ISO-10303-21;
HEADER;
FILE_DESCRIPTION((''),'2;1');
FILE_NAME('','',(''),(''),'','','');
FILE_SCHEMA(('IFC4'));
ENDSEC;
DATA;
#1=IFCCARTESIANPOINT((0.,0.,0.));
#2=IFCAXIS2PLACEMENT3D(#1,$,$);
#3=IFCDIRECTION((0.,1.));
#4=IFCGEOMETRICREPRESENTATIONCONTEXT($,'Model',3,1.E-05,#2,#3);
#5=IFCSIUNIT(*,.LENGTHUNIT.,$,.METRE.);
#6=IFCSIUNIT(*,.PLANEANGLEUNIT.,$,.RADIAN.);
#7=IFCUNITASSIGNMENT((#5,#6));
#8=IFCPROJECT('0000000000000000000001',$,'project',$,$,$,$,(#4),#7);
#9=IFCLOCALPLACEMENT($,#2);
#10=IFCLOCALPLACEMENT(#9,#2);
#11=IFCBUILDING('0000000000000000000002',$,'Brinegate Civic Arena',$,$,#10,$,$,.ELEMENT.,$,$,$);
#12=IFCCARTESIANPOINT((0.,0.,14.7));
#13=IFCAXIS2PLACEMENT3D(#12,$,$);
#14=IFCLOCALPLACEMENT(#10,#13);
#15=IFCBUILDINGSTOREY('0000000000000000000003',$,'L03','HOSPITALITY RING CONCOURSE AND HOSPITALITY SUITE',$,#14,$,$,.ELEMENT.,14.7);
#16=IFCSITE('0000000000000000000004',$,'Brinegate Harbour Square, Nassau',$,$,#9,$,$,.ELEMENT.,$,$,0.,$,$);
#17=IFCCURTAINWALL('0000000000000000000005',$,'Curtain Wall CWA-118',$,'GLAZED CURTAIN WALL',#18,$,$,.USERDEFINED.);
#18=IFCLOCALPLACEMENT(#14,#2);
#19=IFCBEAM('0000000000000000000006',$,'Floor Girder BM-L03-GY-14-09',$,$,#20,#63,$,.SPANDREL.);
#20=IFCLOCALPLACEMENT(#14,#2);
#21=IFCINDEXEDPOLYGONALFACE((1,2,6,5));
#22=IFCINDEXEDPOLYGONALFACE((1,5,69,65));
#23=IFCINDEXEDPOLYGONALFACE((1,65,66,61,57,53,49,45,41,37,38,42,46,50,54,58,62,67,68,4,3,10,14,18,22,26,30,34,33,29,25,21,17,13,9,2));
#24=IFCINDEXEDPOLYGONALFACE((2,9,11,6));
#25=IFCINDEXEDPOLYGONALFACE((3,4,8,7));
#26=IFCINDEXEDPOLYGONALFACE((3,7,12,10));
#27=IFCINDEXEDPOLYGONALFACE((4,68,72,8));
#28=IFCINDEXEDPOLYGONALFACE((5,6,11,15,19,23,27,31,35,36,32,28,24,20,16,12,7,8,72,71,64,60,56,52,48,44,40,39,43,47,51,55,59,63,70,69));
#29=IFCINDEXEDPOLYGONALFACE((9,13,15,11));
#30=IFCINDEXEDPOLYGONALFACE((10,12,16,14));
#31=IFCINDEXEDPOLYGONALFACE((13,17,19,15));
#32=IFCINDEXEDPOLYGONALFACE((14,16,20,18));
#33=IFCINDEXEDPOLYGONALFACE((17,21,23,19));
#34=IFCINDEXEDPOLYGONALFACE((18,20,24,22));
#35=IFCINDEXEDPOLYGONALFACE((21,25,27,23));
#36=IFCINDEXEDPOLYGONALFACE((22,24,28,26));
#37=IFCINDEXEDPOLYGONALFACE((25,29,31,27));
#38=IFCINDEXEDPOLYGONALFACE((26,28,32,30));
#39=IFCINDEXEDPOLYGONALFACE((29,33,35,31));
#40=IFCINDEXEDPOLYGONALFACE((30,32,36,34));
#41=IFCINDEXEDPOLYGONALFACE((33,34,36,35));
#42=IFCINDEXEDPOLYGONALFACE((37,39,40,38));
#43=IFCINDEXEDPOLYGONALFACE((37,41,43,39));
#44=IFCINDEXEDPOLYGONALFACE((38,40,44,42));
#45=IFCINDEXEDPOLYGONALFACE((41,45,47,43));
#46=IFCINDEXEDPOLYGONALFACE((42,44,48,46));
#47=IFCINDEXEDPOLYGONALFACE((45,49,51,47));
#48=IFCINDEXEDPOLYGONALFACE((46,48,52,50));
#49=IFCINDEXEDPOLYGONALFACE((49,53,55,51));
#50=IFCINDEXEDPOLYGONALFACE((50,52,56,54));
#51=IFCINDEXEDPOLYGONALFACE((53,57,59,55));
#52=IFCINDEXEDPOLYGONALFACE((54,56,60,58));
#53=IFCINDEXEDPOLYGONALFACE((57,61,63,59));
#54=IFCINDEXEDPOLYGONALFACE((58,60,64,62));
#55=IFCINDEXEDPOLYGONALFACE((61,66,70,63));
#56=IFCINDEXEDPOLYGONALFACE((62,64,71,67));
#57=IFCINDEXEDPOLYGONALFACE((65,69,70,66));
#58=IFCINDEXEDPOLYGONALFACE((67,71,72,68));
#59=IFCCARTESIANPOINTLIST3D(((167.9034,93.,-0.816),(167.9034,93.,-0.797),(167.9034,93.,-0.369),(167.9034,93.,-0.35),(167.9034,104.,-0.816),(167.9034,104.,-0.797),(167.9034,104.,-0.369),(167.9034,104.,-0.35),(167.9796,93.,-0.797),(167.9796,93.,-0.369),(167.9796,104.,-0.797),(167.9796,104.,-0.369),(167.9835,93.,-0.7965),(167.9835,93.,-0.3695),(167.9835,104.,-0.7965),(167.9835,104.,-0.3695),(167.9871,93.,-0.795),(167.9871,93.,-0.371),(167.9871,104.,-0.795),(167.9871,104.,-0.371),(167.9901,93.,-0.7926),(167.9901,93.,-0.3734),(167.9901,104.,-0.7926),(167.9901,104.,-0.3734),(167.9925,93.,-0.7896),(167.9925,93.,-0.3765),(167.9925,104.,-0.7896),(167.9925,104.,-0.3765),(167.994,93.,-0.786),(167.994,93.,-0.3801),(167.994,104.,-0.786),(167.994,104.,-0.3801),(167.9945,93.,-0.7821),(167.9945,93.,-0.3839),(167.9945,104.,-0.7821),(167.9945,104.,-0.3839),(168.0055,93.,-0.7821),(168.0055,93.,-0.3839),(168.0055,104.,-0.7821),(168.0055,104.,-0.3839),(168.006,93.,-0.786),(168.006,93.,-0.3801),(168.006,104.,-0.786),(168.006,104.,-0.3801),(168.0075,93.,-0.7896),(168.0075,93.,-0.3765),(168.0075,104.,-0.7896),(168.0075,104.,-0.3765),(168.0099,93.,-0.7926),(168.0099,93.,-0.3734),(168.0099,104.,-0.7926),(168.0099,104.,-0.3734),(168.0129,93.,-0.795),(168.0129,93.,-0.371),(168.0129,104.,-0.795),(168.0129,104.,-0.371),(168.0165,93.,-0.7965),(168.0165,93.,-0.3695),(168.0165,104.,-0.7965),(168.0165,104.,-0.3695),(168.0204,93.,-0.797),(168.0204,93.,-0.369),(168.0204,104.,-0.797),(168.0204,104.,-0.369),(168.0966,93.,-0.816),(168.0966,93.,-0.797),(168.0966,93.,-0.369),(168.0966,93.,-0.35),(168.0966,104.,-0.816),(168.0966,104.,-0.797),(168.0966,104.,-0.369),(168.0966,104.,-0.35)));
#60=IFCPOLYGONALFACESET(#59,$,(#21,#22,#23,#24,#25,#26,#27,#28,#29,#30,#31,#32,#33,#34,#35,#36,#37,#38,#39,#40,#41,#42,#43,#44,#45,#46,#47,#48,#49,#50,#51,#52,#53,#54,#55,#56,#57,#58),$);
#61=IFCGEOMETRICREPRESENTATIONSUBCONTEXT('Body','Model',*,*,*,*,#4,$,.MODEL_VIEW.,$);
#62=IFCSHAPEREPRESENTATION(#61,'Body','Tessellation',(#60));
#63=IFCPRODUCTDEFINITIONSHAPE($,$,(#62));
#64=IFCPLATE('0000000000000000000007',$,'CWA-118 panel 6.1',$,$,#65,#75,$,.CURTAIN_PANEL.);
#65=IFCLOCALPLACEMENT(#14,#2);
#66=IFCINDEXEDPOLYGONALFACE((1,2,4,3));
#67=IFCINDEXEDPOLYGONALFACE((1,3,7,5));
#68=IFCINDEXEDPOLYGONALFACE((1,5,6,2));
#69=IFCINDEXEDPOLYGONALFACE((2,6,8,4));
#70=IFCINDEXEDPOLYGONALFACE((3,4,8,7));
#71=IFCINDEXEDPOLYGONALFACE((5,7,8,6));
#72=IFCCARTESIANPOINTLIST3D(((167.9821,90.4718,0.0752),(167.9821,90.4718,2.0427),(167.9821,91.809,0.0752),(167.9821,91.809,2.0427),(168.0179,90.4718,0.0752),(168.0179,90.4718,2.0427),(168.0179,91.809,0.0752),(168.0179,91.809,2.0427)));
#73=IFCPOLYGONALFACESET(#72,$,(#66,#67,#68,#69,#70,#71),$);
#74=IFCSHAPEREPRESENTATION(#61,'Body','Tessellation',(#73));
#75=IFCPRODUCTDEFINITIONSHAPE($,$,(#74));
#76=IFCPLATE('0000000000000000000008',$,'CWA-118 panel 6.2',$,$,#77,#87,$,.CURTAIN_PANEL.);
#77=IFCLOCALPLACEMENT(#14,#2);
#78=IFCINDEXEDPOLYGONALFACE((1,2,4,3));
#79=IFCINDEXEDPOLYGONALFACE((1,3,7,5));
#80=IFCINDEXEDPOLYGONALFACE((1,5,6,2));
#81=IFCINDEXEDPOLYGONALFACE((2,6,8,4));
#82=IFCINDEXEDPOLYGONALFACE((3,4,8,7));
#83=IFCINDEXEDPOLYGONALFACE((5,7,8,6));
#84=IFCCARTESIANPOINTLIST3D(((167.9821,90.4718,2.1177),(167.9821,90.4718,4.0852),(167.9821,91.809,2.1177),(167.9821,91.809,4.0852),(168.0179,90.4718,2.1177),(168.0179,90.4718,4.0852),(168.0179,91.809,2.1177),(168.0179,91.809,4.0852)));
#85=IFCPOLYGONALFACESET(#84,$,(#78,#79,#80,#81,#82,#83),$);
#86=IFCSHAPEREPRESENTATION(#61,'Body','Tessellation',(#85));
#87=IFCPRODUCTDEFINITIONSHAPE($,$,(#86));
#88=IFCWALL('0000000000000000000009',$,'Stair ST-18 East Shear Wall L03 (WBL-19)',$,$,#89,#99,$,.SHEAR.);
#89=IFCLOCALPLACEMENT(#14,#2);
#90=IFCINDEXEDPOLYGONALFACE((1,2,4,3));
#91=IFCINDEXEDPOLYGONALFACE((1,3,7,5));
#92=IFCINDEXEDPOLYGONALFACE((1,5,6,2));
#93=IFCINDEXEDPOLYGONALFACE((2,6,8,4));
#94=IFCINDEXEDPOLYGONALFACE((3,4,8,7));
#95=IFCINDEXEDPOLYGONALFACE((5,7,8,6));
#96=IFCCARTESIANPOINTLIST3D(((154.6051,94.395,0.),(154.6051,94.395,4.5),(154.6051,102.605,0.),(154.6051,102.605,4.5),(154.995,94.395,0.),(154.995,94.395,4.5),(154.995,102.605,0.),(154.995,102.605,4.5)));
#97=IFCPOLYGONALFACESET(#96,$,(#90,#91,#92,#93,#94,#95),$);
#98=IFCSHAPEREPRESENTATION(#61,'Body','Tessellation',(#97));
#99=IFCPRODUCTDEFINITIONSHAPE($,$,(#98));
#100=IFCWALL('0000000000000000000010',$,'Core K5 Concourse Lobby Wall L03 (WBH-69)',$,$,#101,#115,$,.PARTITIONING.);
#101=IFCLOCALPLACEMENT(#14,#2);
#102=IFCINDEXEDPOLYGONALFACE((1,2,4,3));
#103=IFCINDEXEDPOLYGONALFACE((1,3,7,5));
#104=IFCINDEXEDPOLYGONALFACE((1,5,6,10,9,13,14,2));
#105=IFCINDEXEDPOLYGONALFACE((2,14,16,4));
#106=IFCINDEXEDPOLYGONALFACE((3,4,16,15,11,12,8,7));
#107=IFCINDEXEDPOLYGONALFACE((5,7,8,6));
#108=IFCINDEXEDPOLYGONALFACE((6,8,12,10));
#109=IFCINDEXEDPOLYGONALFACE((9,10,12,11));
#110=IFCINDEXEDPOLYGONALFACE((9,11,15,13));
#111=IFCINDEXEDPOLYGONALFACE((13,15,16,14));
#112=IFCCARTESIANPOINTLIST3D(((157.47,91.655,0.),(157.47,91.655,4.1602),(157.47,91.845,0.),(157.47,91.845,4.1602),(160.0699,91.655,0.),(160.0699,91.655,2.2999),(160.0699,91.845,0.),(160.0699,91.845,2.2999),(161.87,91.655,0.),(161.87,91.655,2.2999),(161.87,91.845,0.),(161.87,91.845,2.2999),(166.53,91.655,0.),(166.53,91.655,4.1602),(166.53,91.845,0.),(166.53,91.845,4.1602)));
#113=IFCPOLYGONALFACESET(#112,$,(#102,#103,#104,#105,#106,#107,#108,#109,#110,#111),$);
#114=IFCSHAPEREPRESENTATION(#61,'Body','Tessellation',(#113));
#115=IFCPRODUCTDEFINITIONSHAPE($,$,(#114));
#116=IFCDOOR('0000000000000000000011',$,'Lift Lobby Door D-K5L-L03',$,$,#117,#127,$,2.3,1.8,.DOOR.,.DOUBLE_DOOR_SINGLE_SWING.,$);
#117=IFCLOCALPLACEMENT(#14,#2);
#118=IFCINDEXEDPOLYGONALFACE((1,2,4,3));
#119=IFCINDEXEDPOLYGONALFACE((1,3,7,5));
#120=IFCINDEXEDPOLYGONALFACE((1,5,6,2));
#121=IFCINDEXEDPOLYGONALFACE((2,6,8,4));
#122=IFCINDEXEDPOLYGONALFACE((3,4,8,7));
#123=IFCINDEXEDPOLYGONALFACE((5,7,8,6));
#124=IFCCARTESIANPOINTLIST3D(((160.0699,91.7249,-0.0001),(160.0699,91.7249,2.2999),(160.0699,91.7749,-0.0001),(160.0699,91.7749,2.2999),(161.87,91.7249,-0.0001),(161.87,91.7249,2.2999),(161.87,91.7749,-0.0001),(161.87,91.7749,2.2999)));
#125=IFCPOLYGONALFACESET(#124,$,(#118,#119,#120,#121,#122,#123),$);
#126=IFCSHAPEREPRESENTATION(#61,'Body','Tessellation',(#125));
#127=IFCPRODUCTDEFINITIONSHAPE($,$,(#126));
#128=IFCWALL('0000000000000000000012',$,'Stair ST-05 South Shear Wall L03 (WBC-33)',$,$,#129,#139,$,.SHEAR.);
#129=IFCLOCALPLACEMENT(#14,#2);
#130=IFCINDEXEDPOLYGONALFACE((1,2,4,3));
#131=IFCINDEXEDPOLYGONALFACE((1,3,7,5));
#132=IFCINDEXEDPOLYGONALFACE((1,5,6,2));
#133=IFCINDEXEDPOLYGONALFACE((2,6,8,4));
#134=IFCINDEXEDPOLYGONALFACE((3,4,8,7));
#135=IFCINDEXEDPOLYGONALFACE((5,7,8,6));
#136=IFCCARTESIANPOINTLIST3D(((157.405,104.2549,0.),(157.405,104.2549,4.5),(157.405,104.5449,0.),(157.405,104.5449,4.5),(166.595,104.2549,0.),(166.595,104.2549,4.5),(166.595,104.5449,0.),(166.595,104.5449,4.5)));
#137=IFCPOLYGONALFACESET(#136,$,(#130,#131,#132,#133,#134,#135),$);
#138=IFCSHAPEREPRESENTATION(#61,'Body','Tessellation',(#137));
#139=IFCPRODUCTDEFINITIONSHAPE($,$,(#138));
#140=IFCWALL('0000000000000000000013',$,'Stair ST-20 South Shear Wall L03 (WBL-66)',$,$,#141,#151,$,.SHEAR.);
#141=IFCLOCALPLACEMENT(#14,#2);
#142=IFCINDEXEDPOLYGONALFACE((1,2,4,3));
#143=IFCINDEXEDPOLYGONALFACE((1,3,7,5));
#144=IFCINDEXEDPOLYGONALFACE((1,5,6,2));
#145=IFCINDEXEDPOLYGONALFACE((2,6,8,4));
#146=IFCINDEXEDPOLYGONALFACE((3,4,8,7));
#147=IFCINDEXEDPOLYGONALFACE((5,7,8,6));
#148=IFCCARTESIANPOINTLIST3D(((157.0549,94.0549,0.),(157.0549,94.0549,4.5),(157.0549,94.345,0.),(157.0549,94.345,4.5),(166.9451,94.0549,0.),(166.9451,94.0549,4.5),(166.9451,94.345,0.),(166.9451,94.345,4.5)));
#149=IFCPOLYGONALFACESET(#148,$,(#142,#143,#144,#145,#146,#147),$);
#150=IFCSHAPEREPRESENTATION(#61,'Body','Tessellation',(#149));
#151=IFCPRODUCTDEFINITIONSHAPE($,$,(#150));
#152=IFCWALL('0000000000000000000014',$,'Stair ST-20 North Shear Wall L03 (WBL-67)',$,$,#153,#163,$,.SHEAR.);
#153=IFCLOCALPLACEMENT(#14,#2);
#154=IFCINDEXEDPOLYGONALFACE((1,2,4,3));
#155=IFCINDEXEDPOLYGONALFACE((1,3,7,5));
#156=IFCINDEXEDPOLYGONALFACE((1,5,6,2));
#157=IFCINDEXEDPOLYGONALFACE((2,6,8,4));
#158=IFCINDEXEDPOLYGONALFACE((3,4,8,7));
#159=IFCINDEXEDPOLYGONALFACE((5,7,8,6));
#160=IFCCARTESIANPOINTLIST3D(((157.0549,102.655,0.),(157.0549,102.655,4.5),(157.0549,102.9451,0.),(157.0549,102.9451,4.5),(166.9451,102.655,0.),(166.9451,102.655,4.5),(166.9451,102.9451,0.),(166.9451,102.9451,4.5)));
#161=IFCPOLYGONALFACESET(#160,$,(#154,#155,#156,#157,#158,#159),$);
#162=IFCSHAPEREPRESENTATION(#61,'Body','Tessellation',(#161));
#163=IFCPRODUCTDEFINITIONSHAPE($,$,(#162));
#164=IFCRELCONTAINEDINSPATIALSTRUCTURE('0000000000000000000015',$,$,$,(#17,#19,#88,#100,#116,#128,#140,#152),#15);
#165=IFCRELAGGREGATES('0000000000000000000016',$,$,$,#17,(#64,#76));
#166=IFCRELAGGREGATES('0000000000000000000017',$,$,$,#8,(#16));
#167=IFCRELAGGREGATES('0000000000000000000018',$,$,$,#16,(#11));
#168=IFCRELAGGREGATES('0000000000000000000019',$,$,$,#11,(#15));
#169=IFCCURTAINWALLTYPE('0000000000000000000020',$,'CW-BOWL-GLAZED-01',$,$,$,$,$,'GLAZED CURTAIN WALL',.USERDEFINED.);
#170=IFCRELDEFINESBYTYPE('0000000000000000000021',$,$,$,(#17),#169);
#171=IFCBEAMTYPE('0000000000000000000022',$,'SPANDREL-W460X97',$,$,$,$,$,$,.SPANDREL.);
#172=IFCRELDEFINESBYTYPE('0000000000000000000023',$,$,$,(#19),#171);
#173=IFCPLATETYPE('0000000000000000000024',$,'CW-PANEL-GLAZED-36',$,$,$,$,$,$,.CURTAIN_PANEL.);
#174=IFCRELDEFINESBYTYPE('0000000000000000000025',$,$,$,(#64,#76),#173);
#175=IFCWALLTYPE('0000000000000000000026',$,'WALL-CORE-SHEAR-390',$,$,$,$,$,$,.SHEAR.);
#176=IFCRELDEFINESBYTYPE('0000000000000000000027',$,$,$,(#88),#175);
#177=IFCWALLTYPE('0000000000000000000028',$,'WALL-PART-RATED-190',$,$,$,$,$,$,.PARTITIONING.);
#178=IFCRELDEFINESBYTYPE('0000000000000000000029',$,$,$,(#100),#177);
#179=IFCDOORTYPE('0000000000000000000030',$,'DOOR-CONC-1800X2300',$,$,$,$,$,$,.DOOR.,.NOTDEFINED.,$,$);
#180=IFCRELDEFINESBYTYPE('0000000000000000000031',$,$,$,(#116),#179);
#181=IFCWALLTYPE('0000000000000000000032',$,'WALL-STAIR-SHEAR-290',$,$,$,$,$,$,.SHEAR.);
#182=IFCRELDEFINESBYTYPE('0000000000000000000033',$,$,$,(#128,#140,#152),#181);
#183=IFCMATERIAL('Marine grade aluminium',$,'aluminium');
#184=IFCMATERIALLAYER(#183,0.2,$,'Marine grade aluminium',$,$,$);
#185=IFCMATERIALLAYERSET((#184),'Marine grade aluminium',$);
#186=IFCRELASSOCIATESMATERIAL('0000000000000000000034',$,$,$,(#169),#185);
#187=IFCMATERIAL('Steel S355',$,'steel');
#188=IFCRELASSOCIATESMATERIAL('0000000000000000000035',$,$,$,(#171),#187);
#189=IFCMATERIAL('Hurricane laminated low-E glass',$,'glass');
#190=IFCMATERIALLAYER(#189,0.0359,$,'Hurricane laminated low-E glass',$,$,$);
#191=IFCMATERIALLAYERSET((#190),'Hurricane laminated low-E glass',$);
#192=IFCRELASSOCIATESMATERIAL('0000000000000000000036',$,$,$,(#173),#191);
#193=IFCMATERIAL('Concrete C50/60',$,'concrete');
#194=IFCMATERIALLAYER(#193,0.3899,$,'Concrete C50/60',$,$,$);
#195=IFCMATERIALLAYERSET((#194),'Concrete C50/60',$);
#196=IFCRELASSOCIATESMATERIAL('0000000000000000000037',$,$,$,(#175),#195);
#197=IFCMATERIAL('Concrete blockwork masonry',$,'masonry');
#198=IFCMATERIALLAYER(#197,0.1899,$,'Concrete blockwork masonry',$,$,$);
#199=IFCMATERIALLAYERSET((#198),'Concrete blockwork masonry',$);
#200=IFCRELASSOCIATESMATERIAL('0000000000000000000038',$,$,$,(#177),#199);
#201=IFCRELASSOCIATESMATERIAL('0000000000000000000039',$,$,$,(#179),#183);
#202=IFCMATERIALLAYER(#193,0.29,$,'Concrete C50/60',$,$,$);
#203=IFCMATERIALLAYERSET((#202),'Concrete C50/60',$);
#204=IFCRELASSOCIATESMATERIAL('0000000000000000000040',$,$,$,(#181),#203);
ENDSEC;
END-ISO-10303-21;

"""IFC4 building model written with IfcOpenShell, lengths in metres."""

from ifc_helpers import new_model, si_unit, direction, frame, frame_2d, origin, origin_2d, place, context, subcontext, project, spatial, rectangle, i_section, extrude, material, layer, layer_set, material_profile, profile_set, type_object, element, fill, aggregate, save


model = new_model("IFC4")

# Units and contexts
model_context = context("Model", 3, precision=1e-05, world=origin(), true_north=direction((0.0, 1.0)))
body_context = subcontext(model_context, "Body", "Model", "MODEL_VIEW")
ifc_project = project(units=[si_unit("LENGTHUNIT", "METRE"), si_unit("PLANEANGLEUNIT", "RADIAN")], contexts=[model_context])

# Site, building, storey
site_placement = place(None, origin())
site = spatial("IfcSite", under=ifc_project, at=site_placement, Name="Brinegate Harbour Square, Nassau", CompositionType="ELEMENT", RefElevation=0.0)
building_placement = place(site_placement, origin())
building = spatial("IfcBuilding", under=site, at=building_placement, Name="Brinegate Civic Arena", CompositionType="ELEMENT")
storey_placement = place(building_placement, frame((0.0, 0.0, 14.7)))
storey = spatial("IfcBuildingStorey", under=building, at=storey_placement, Name="L03", Description="HOSPITALITY RING CONCOURSE AND HOSPITALITY SUITE", CompositionType="ELEMENT", Elevation=14.7)

# Shared definitions
ifc_material_1 = material(Name="Concrete C50/60", Category="concrete")

# Curtain wall
ifc_material_2 = material(Name="Marine grade aluminium", Category="aluminium")
ifc_layer_1 = layer(ifc_material_2, 0.2, Name="Marine grade aluminium")
ifc_layer_set_1 = layer_set([ifc_layer_1], Name="Marine grade aluminium")
curtain_wall_type = type_object("IfcCurtainWallType", Name="CW-BOWL-GLAZED-01", ElementType="GLAZED CURTAIN WALL", PredefinedType="USERDEFINED", material=ifc_layer_set_1)
curtain_wall_1_placement = place(storey_placement, origin())
curtain_wall_1 = element("IfcCurtainWall", 1, at=curtain_wall_1_placement, inside=storey, type_object=curtain_wall_type, Name="Curtain Wall CWA-118", ObjectType="GLAZED CURTAIN WALL", PredefinedType="USERDEFINED")

# Beam
ifc_material_3 = material(Name="Steel S355", Category="steel")
ifc_material_profile_1 = material_profile(ifc_material_3, i_section(OverallWidth=0.1931, OverallDepth=0.4661, WebThickness=0.011, FlangeThickness=0.019, FilletRadius=0.0149, at=origin_2d()), Name="W460X97")
ifc_profile_set_1 = profile_set([ifc_material_profile_1], Name="Steel S355")
beam_type_1 = type_object("IfcBeamType", Name="SPANDREL-W460X97", PredefinedType="SPANDREL", material=ifc_profile_set_1)
beam_1_placement = place(storey_placement, frame((168.0, 93.0, -0.583), z_axis=(0.0, 1.0, 0.0), x_axis=(-1.0, 0.0, 0.0)))
element("IfcBeam", 2, at=beam_1_placement, inside=storey, type_object=beam_type_1, Name="Floor Girder BM-L03-GY-14-09", PredefinedType="SPANDREL", context=body_context, shape_type="SweptSolid", body=[
    extrude(i_section(OverallWidth=0.1931, OverallDepth=0.4661, WebThickness=0.011, FlangeThickness=0.019, FilletRadius=0.0149, at=origin_2d()), origin(), (0.0, 0.0, 1.0), 11.0),
])

# Plates
ifc_material_4 = material(Name="Hurricane laminated low-E glass", Category="glass")
ifc_layer_2 = layer(ifc_material_4, 0.0359, Name="Hurricane laminated low-E glass")
ifc_layer_set_2 = layer_set([ifc_layer_2], Name="Hurricane laminated low-E glass")
plate_type = type_object("IfcPlateType", Name="CW-PANEL-GLAZED-36", PredefinedType="CURTAIN_PANEL", material=ifc_layer_set_2)
plate_1_placement = place(storey_placement, frame((168.0, 91.1404, 0.0752), z_axis=(0.0, 0.0, 1.0), x_axis=(0.0, 1.0, 0.0)))
plate_1 = element("IfcPlate", 3, at=plate_1_placement, type_object=plate_type, Name="CWA-118 panel 6.1", PredefinedType="CURTAIN_PANEL", context=body_context, shape_type="SweptSolid", body=[
    extrude(rectangle(XDim=1.3372, YDim=0.0359, at=origin_2d()), origin(), (0.0, 0.0, 1.0), 1.9675),
])
plate_2_placement = place(storey_placement, frame((168.0, 91.1404, 2.1177), z_axis=(0.0, 0.0, 1.0), x_axis=(0.0, 1.0, 0.0)))
plate_2 = element("IfcPlate", 4, at=plate_2_placement, type_object=plate_type, Name="CWA-118 panel 6.2", PredefinedType="CURTAIN_PANEL", context=body_context, shape_type="SweptSolid", body=[
    extrude(rectangle(XDim=1.3372, YDim=0.0359, at=origin_2d()), origin(), (0.0, 0.0, 1.0), 1.9675),
])
aggregate(curtain_wall_1, [plate_1, plate_2])

# Wall
ifc_layer_3 = layer(ifc_material_1, 0.3899, Name="Concrete C50/60")
ifc_layer_set_3 = layer_set([ifc_layer_3], Name="Concrete C50/60")
wall_type_1 = type_object("IfcWallType", Name="WALL-CORE-SHEAR-390", PredefinedType="SHEAR", material=ifc_layer_set_3)
wall_1_placement = place(storey_placement, frame((154.8, 94.395, 0.0), z_axis=(0.0, 0.0, 1.0), x_axis=(0.0, 1.0, 0.0)))
element("IfcWall", 5, at=wall_1_placement, inside=storey, type_object=wall_type_1, Name="Stair ST-18 East Shear Wall L03 (WBL-19)", PredefinedType="SHEAR", context=body_context, shape_type="SweptSolid", body=[
    extrude(rectangle(XDim=8.21, YDim=0.3899, at=frame_2d((4.105, 0.0))), origin(), (0.0, 0.0, 1.0), 4.5),
])

# Wall, opening, door
ifc_material_5 = material(Name="Concrete blockwork masonry", Category="masonry")
ifc_layer_4 = layer(ifc_material_5, 0.1899, Name="Concrete blockwork masonry")
ifc_layer_set_4 = layer_set([ifc_layer_4], Name="Concrete blockwork masonry")
wall_type_2 = type_object("IfcWallType", Name="WALL-PART-RATED-190", PredefinedType="PARTITIONING", material=ifc_layer_set_4)
wall_2_placement = place(storey_placement, frame((157.47, 91.75, 0.0), z_axis=(0.0, 0.0, 1.0), x_axis=(1.0, 0.0, 0.0)))
wall_2 = element("IfcWall", 6, at=wall_2_placement, inside=storey, type_object=wall_type_2, Name="Core K5 Concourse Lobby Wall L03 (WBH-69)", PredefinedType="PARTITIONING", context=body_context, shape_type="SweptSolid", body=[
    extrude(rectangle(XDim=9.0601, YDim=0.1899, at=frame_2d((4.53, 0.0))), origin(), (0.0, 0.0, 1.0), 4.1602),
])
opening_1_placement = place(wall_2_placement, frame((2.6001, 0.0, 0.0)))
opening_1 = element("IfcOpeningElement", 7, at=opening_1_placement, cuts=wall_2, PredefinedType="OPENING", context=body_context, shape_type="SweptSolid", body=[
    extrude(rectangle(XDim=1.8, YDim=2.3, at=frame_2d((0.8999, 1.1499))), frame((0.0, 0.105, 0.0), z_axis=(0.0, -1.0, 0.0), x_axis=(1.0, 0.0, 0.0)), (0.0, 0.0, 1.0), 0.21),
])
door_type_1 = type_object("IfcDoorType", Name="DOOR-CONC-1800X2300", OperationType="NOTDEFINED", PredefinedType="DOOR", material=ifc_material_2)
door_1_placement = place(opening_1_placement, origin())
door_1 = element("IfcDoor", 8, at=door_1_placement, inside=storey, type_object=door_type_1, Name="Lift Lobby Door D-K5L-L03", OperationType="DOUBLE_DOOR_SINGLE_SWING", OverallHeight=2.3, OverallWidth=1.8, PredefinedType="DOOR", context=body_context, shape_type="SweptSolid", body=[
    extrude(rectangle(XDim=1.8, YDim=2.3, at=frame_2d((0.8999, 1.1499))), frame((0.0, 0.0249, 0.0), z_axis=(0.0, -1.0, 0.0), x_axis=(1.0, 0.0, 0.0)), (0.0, 0.0, 1.0), 0.05),
])
fill(opening_1, door_1)

# Walls
ifc_layer_5 = layer(ifc_material_1, 0.29, Name="Concrete C50/60")
ifc_layer_set_5 = layer_set([ifc_layer_5], Name="Concrete C50/60")
wall_type_3 = type_object("IfcWallType", Name="WALL-STAIR-SHEAR-290", PredefinedType="SHEAR", material=ifc_layer_set_5)
wall_3_placement = place(storey_placement, frame((157.405, 104.3999, 0.0), z_axis=(0.0, 0.0, 1.0), x_axis=(1.0, 0.0, 0.0)))
element("IfcWall", 9, at=wall_3_placement, inside=storey, type_object=wall_type_3, Name="Stair ST-05 South Shear Wall L03 (WBC-33)", PredefinedType="SHEAR", context=body_context, shape_type="SweptSolid", body=[
    extrude(rectangle(XDim=9.1899, YDim=0.29, at=frame_2d((4.595, 0.0))), origin(), (0.0, 0.0, 1.0), 4.5),
])
for number, where, z_axis, x_axis, name in (
    (10, (157.0549, 94.2, 0.0), (0.0, 0.0, 1.0), (1.0, 0.0, 0.0), "Stair ST-20 South Shear Wall L03 (WBL-66)"),
    (11, (157.0549, 102.8, 0.0), (0.0, 0.0, 1.0), (1.0, 0.0, 0.0), "Stair ST-20 North Shear Wall L03 (WBL-67)"),
):
    element("IfcWall", number, at=place(storey_placement, frame(where, z_axis=z_axis, x_axis=x_axis)), inside=storey, type_object=wall_type_3, Name=name, PredefinedType="SHEAR", context=body_context, shape_type="SweptSolid", body=[
        extrude(rectangle(XDim=9.8901, YDim=0.29, at=frame_2d((4.9451, 0.0))), origin(), (0.0, 0.0, 1.0), 4.5),
    ])

save(model, "model.ifc")
